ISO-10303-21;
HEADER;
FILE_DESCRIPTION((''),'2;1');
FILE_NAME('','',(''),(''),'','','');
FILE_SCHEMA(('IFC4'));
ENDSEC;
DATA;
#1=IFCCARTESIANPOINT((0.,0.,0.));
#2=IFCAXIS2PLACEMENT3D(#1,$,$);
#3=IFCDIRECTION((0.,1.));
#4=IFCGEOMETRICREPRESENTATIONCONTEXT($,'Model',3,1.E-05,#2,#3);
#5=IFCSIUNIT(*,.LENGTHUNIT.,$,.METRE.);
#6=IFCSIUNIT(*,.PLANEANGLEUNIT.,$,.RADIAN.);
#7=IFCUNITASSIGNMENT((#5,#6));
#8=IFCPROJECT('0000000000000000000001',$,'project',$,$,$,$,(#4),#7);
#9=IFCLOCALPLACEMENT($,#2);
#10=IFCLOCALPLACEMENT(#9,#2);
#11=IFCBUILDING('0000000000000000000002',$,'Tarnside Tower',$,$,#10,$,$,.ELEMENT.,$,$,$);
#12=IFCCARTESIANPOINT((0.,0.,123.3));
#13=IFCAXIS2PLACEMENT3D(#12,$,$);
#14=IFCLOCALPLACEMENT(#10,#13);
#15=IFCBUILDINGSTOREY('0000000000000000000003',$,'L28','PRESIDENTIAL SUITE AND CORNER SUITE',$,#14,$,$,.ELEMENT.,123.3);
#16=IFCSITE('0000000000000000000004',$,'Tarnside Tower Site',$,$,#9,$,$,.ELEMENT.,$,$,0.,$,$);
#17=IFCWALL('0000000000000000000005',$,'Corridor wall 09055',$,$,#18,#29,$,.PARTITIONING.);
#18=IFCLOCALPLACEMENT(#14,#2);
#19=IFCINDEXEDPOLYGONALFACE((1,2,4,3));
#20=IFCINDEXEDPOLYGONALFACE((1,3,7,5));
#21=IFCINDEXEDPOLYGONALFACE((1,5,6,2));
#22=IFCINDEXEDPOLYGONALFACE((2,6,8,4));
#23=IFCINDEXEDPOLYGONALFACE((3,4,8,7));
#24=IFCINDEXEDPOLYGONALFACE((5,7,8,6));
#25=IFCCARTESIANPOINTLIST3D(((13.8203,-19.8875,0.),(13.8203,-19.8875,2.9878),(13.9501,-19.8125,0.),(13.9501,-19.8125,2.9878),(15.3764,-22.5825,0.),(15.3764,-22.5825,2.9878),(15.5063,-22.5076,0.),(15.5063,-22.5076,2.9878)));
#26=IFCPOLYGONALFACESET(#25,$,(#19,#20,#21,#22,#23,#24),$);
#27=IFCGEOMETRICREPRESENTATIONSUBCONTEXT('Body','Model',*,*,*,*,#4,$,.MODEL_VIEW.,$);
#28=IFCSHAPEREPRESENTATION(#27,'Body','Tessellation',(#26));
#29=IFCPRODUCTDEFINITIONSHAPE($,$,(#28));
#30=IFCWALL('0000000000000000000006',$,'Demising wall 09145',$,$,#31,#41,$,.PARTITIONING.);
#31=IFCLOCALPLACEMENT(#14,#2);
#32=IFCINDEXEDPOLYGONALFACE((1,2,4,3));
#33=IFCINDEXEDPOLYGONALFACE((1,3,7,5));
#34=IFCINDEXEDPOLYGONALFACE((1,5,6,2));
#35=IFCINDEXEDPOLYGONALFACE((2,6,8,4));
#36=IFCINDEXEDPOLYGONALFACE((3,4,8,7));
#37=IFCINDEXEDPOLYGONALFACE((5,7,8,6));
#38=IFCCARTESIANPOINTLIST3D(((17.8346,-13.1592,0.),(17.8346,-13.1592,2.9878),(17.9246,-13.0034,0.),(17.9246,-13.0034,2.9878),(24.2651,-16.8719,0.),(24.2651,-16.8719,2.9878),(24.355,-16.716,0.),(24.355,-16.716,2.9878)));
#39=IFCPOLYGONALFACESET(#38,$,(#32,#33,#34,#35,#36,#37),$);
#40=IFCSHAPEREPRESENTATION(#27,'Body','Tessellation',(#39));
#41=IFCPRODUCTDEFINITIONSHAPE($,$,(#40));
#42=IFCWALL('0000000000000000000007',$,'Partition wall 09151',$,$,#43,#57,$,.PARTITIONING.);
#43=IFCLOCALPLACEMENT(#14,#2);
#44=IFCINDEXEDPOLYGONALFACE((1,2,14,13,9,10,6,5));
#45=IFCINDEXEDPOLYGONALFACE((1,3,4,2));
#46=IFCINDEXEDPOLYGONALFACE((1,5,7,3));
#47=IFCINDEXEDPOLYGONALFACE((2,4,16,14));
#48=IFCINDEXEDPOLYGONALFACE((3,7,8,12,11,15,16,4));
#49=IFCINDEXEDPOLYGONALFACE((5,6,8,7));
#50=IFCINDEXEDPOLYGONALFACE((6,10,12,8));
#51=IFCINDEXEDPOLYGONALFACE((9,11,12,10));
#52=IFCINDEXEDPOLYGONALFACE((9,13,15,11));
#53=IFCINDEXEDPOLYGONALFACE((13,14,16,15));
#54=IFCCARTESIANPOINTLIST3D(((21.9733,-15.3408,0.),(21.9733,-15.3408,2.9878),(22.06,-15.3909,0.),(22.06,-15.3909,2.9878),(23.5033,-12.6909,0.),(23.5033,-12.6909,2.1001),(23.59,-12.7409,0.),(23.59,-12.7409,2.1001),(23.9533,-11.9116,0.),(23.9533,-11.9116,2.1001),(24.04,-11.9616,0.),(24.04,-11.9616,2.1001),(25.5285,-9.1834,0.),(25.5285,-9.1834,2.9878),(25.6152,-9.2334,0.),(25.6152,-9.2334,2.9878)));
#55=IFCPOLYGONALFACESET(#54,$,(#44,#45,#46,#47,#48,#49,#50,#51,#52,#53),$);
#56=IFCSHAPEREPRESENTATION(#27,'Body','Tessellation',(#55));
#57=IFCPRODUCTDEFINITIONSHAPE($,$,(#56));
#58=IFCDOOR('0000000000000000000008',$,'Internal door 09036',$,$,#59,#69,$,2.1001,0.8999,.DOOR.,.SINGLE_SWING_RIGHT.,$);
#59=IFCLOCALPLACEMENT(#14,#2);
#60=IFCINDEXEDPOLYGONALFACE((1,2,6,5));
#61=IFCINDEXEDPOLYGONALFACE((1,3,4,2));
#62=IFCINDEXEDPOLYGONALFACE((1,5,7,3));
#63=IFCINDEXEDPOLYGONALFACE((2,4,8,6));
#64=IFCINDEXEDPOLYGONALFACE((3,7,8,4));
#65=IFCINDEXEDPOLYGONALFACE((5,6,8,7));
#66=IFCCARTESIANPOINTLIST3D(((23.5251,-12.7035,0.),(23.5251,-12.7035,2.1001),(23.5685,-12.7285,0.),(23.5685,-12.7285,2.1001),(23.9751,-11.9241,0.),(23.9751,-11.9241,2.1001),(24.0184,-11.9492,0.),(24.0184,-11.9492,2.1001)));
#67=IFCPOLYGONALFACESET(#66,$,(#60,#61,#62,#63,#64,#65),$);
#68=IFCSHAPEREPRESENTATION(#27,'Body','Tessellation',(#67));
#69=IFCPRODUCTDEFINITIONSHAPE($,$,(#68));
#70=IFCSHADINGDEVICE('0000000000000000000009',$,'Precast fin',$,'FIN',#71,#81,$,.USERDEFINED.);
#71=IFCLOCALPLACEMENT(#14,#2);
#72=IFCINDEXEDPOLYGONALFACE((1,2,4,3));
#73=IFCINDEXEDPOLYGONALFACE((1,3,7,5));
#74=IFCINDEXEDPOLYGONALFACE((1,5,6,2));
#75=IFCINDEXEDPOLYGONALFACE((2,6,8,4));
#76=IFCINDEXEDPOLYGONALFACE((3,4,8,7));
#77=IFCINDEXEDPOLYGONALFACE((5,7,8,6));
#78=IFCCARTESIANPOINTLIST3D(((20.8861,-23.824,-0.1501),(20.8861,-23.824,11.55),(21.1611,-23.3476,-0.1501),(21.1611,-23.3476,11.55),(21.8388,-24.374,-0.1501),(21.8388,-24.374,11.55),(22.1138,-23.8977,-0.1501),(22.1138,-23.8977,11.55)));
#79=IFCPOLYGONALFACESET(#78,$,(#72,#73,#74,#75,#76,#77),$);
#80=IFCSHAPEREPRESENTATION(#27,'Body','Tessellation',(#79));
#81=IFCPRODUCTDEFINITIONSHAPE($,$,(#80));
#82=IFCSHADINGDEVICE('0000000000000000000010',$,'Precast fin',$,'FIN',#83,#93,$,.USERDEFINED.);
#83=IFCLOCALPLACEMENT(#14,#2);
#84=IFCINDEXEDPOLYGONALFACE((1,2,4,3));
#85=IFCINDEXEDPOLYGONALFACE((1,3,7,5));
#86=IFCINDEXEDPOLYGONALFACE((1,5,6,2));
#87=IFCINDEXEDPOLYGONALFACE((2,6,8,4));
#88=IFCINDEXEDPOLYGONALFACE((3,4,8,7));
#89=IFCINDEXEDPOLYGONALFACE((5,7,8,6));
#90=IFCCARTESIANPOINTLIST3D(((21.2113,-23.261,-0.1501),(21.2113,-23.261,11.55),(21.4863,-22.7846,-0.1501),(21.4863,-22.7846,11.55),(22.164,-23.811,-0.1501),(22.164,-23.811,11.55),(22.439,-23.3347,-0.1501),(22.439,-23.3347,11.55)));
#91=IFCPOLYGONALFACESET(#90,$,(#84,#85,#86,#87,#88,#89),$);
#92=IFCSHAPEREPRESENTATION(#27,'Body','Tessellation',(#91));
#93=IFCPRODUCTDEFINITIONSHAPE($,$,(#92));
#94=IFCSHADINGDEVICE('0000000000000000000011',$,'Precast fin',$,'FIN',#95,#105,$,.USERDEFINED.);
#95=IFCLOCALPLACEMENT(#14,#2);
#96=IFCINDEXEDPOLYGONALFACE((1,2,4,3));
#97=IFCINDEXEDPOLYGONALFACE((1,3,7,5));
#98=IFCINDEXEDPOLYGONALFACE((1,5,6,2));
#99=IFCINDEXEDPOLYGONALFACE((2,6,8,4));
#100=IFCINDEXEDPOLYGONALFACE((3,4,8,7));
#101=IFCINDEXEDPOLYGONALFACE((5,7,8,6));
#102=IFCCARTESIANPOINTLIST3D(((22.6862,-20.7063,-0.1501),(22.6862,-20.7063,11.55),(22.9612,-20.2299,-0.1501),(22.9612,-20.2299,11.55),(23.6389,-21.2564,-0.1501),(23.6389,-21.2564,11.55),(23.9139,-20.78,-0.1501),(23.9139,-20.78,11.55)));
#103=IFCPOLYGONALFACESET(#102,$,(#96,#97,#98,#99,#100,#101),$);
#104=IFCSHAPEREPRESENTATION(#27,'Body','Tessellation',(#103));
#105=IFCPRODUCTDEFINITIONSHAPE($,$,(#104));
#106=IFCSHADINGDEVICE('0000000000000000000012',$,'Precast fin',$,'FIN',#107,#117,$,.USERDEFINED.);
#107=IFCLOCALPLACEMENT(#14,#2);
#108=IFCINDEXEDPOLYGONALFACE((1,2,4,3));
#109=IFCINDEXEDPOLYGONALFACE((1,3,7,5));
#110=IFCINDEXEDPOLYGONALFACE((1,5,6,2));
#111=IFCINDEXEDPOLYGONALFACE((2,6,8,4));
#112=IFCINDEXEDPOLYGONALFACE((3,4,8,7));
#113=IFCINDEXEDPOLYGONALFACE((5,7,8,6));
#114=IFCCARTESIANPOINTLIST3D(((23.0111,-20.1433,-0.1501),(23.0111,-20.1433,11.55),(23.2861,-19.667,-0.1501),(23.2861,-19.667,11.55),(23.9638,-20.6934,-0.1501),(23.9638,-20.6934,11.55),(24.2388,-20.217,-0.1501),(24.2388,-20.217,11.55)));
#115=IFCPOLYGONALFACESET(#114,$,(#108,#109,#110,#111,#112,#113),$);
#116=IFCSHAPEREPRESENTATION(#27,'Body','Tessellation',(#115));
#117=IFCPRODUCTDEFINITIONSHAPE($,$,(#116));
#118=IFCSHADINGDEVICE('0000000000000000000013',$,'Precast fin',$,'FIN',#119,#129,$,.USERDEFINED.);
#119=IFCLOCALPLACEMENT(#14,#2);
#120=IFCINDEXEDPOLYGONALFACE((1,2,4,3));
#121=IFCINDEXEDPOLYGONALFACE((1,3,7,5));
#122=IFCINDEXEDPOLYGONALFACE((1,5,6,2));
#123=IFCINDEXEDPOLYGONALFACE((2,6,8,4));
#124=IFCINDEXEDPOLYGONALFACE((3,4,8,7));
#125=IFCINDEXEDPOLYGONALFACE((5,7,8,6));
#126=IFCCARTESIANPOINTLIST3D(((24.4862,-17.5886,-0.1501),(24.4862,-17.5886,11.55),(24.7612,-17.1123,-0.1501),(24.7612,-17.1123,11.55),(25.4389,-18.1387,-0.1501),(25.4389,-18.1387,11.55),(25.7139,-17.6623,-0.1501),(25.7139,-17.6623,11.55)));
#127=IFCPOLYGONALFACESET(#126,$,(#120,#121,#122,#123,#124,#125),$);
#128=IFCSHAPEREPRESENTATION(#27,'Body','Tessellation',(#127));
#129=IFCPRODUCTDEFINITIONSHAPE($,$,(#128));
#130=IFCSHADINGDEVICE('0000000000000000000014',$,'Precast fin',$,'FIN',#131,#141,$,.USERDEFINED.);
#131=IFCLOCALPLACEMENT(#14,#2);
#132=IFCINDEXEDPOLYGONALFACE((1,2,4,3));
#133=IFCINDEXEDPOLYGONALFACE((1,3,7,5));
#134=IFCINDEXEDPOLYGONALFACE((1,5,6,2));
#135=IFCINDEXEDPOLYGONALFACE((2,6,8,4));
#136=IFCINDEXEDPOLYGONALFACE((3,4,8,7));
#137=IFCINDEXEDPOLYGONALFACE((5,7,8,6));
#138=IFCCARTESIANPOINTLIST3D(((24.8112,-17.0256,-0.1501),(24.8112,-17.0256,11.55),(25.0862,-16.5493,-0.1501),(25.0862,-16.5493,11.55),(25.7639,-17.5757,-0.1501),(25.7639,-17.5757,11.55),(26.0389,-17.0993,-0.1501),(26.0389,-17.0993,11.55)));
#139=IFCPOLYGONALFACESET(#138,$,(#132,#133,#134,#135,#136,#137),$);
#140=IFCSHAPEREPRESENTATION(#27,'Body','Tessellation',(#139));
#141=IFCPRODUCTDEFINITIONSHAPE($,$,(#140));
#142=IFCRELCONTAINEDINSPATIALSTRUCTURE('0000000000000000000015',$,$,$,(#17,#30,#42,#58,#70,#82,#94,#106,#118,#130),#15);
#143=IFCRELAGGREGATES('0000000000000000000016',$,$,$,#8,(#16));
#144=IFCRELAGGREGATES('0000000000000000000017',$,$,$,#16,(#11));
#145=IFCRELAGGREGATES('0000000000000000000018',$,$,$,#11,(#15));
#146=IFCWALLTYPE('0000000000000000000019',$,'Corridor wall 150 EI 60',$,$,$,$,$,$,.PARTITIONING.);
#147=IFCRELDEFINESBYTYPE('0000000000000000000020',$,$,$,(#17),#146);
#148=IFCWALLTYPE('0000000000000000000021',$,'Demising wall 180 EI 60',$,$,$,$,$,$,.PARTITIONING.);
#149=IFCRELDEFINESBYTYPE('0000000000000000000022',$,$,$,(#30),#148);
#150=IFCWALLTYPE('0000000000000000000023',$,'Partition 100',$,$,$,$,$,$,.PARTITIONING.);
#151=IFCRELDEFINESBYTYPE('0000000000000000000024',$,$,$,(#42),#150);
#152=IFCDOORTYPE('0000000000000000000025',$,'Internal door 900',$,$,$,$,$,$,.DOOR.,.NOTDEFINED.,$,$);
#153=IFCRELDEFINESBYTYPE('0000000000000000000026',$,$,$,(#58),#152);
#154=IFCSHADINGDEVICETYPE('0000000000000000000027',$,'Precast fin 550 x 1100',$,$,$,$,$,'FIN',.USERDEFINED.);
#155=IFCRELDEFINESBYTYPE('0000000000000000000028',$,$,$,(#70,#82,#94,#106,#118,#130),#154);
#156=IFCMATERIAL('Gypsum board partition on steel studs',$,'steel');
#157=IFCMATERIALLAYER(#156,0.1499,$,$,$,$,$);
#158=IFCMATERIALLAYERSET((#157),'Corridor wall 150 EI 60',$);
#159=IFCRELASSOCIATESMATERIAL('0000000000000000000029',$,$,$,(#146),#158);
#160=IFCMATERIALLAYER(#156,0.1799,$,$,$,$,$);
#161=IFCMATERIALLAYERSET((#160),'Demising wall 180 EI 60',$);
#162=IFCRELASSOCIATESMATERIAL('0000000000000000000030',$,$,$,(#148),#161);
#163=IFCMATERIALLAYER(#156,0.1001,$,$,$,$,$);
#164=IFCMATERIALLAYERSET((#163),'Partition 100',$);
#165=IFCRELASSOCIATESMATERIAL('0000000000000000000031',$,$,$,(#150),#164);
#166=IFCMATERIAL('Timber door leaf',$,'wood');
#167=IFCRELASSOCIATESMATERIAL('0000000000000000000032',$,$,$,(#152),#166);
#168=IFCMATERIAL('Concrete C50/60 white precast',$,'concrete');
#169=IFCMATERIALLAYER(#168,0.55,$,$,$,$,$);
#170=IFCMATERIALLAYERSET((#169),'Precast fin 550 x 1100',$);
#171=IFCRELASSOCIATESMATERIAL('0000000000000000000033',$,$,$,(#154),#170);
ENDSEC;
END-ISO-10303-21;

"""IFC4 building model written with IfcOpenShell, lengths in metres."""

from ifc_helpers import new_model, si_unit, direction, frame, frame_2d, origin, place, context, subcontext, project, spatial, polyline, rectangle, outline, extrude, material, layer, layer_set, type_object, element, fill, save


model = new_model("IFC4")

# Units and contexts
model_context = context("Model", 3, precision=1e-05, world=origin(), true_north=direction((0.0, 1.0)))
body_context = subcontext(model_context, "Body", "Model", "MODEL_VIEW")
ifc_project = project(units=[si_unit("LENGTHUNIT", "METRE"), si_unit("PLANEANGLEUNIT", "RADIAN")], contexts=[model_context])

# Site, building, storey
site_placement = place(None, origin())
site = spatial("IfcSite", under=ifc_project, at=site_placement, Name="Tarnside Tower Site", CompositionType="ELEMENT", RefElevation=0.0)
building_placement = place(site_placement, origin())
building = spatial("IfcBuilding", under=site, at=building_placement, Name="Tarnside Tower", CompositionType="ELEMENT")
storey_placement = place(building_placement, frame((0.0, 0.0, 123.3)))
storey = spatial("IfcBuildingStorey", under=building, at=storey_placement, Name="L28", Description="PRESIDENTIAL SUITE AND CORNER SUITE", CompositionType="ELEMENT", Elevation=123.3)

# Shared definitions
ifc_material_1 = material(Name="Gypsum board partition on steel studs", Category="steel")
ifc_material_2 = material(Name="Timber door leaf", Category="wood")

# Walls
ifc_layer_1 = layer(ifc_material_1, 0.1499)
ifc_layer_set_1 = layer_set([ifc_layer_1], Name="Corridor wall 150 EI 60")
wall_type_1 = type_object("IfcWallType", Name="Corridor wall 150 EI 60", PredefinedType="PARTITIONING", material=ifc_layer_set_1)
wall_1_placement = place(storey_placement, frame((15.4414, -22.5452, 0.0), z_axis=(0.0, 0.0, 1.0), x_axis=(-0.500037, 0.866004, 0.0)))
element("IfcWall", 1, at=wall_1_placement, inside=storey, type_object=wall_type_1, Name="Corridor wall 09055", PredefinedType="PARTITIONING", context=body_context, shape_type="SweptSolid", body=[
    extrude(rectangle(XDim=3.1121, YDim=0.1499, at=frame_2d((1.5562, 0.0))), origin(), (0.0, 0.0, 1.0), 2.9878),
])
ifc_layer_2 = layer(ifc_material_1, 0.1799)
ifc_layer_set_2 = layer_set([ifc_layer_2], Name="Demising wall 180 EI 60")
wall_type_2 = type_object("IfcWallType", Name="Demising wall 180 EI 60", PredefinedType="PARTITIONING", material=ifc_layer_set_2)
wall_2_placement = place(storey_placement, frame((24.3101, -16.7939, 0.0), z_axis=(0.0, 0.0, 1.0), x_axis=(-0.866023, 0.500004, 0.0)))
element("IfcWall", 2, at=wall_2_placement, inside=storey, type_object=wall_type_2, Name="Demising wall 09145", PredefinedType="PARTITIONING", context=body_context, shape_type="SweptSolid", body=[
    extrude(rectangle(XDim=7.4253, YDim=0.1799, at=frame_2d((3.7126, 0.0))), origin(), (0.0, 0.0, 1.0), 2.9878),
])

# Wall, opening, door
ifc_layer_3 = layer(ifc_material_1, 0.1001)
ifc_layer_set_3 = layer_set([ifc_layer_3], Name="Partition 100")
wall_type_3 = type_object("IfcWallType", Name="Partition 100", PredefinedType="PARTITIONING", material=ifc_layer_set_3)
wall_3_placement = place(storey_placement, frame((22.0166, -15.366, 0.0), z_axis=(0.0, 0.0, 1.0), x_axis=(0.500017, 0.866016, 0.0)))
wall_3 = element("IfcWall", 3, at=wall_3_placement, inside=storey, type_object=wall_type_3, Name="Partition wall 09151", PredefinedType="PARTITIONING", context=body_context, shape_type="SweptSolid", body=[
    extrude(rectangle(XDim=7.1101, YDim=0.1001, at=frame_2d((3.5552, 0.0))), origin(), (0.0, 0.0, 1.0), 2.9878),
])
opening_1_placement = place(wall_3_placement, frame((3.0601, 0.0, 0.0)))
opening_1 = element("IfcOpeningElement", 4, at=opening_1_placement, cuts=wall_3, PredefinedType="OPENING", context=body_context, shape_type="SweptSolid", body=[
    extrude(rectangle(XDim=0.8999, YDim=2.1001, at=frame_2d((0.45, 1.05))), frame((0.0, 0.0601, 0.0), z_axis=(0.0, -1.0, 0.0), x_axis=(1.0, 0.0, 0.0)), (0.0, 0.0, 1.0), 0.1201),
])
door_type_1 = type_object("IfcDoorType", Name="Internal door 900", OperationType="NOTDEFINED", PredefinedType="DOOR", material=ifc_material_2)
door_1_placement = place(opening_1_placement, origin())
door_1 = element("IfcDoor", 5, at=door_1_placement, inside=storey, type_object=door_type_1, Name="Internal door 09036", OperationType="SINGLE_SWING_RIGHT", OverallHeight=2.1001, OverallWidth=0.8999, PredefinedType="DOOR", context=body_context, shape_type="SweptSolid", body=[
    extrude(rectangle(XDim=0.8999, YDim=2.1001, at=frame_2d((0.45, 1.05))), frame((0.0, 0.0249, 0.0), z_axis=(0.0, -1.0, 0.0), x_axis=(1.0, 0.0, 0.0)), (0.0, 0.0, 1.0), 0.05),
])
fill(opening_1, door_1)

# Shading devices
ifc_material_3 = material(Name="Concrete C50/60 white precast", Category="concrete")
ifc_layer_4 = layer(ifc_material_3, 0.55)
ifc_layer_set_4 = layer_set([ifc_layer_4], Name="Precast fin 550 x 1100")
shading_device_type = type_object("IfcShadingDeviceType", Name="Precast fin 550 x 1100", ElementType="FIN", PredefinedType="USERDEFINED", material=ifc_layer_set_4)
for number, where, z_axis, x_axis, name in (
    (6, (21.0237, -23.5857, -0.1501), (-0.5, -0.866025, 0.0), (0.866025, -0.5, 0.0), "Precast fin"),
    (7, (21.3489, -23.0227, -0.1501), (-0.5, -0.866025, 0.0), (0.866025, -0.5, 0.0), "Precast fin"),
    (8, (22.8237, -20.468, -0.1501), (-0.5, -0.866025, 0.0), (0.866025, -0.5, 0.0), "Precast fin"),
    (9, (23.1487, -19.905, -0.1501), (-0.5, -0.866025, 0.0), (0.866025, -0.5, 0.0), "Precast fin"),
    (10, (24.6238, -17.3503, -0.1501), (-0.5, -0.866025, 0.0), (0.866025, -0.5, 0.0), "Precast fin"),
    (11, (24.9487, -16.7874, -0.1501), (-0.5, -0.866025, 0.0), (0.866025, -0.5, 0.0), "Precast fin"),
):
    element("IfcShadingDevice", number, at=place(storey_placement, frame(where, z_axis=z_axis, x_axis=x_axis)), inside=storey, type_object=shading_device_type, Name=name, ObjectType="FIN", PredefinedType="USERDEFINED", context=body_context, shape_type="SweptSolid", body=[
        extrude(outline(polyline([(0.0, 0.0), (1.1001, 0.0), (1.1001, 11.7002), (0.0, 11.7002), (0.0, 0.0)])), frame((0.0, 0.0, -0.2749)), (0.0, 0.0, 1.0), 0.55),
    ])

save(model, "model.ifc")
